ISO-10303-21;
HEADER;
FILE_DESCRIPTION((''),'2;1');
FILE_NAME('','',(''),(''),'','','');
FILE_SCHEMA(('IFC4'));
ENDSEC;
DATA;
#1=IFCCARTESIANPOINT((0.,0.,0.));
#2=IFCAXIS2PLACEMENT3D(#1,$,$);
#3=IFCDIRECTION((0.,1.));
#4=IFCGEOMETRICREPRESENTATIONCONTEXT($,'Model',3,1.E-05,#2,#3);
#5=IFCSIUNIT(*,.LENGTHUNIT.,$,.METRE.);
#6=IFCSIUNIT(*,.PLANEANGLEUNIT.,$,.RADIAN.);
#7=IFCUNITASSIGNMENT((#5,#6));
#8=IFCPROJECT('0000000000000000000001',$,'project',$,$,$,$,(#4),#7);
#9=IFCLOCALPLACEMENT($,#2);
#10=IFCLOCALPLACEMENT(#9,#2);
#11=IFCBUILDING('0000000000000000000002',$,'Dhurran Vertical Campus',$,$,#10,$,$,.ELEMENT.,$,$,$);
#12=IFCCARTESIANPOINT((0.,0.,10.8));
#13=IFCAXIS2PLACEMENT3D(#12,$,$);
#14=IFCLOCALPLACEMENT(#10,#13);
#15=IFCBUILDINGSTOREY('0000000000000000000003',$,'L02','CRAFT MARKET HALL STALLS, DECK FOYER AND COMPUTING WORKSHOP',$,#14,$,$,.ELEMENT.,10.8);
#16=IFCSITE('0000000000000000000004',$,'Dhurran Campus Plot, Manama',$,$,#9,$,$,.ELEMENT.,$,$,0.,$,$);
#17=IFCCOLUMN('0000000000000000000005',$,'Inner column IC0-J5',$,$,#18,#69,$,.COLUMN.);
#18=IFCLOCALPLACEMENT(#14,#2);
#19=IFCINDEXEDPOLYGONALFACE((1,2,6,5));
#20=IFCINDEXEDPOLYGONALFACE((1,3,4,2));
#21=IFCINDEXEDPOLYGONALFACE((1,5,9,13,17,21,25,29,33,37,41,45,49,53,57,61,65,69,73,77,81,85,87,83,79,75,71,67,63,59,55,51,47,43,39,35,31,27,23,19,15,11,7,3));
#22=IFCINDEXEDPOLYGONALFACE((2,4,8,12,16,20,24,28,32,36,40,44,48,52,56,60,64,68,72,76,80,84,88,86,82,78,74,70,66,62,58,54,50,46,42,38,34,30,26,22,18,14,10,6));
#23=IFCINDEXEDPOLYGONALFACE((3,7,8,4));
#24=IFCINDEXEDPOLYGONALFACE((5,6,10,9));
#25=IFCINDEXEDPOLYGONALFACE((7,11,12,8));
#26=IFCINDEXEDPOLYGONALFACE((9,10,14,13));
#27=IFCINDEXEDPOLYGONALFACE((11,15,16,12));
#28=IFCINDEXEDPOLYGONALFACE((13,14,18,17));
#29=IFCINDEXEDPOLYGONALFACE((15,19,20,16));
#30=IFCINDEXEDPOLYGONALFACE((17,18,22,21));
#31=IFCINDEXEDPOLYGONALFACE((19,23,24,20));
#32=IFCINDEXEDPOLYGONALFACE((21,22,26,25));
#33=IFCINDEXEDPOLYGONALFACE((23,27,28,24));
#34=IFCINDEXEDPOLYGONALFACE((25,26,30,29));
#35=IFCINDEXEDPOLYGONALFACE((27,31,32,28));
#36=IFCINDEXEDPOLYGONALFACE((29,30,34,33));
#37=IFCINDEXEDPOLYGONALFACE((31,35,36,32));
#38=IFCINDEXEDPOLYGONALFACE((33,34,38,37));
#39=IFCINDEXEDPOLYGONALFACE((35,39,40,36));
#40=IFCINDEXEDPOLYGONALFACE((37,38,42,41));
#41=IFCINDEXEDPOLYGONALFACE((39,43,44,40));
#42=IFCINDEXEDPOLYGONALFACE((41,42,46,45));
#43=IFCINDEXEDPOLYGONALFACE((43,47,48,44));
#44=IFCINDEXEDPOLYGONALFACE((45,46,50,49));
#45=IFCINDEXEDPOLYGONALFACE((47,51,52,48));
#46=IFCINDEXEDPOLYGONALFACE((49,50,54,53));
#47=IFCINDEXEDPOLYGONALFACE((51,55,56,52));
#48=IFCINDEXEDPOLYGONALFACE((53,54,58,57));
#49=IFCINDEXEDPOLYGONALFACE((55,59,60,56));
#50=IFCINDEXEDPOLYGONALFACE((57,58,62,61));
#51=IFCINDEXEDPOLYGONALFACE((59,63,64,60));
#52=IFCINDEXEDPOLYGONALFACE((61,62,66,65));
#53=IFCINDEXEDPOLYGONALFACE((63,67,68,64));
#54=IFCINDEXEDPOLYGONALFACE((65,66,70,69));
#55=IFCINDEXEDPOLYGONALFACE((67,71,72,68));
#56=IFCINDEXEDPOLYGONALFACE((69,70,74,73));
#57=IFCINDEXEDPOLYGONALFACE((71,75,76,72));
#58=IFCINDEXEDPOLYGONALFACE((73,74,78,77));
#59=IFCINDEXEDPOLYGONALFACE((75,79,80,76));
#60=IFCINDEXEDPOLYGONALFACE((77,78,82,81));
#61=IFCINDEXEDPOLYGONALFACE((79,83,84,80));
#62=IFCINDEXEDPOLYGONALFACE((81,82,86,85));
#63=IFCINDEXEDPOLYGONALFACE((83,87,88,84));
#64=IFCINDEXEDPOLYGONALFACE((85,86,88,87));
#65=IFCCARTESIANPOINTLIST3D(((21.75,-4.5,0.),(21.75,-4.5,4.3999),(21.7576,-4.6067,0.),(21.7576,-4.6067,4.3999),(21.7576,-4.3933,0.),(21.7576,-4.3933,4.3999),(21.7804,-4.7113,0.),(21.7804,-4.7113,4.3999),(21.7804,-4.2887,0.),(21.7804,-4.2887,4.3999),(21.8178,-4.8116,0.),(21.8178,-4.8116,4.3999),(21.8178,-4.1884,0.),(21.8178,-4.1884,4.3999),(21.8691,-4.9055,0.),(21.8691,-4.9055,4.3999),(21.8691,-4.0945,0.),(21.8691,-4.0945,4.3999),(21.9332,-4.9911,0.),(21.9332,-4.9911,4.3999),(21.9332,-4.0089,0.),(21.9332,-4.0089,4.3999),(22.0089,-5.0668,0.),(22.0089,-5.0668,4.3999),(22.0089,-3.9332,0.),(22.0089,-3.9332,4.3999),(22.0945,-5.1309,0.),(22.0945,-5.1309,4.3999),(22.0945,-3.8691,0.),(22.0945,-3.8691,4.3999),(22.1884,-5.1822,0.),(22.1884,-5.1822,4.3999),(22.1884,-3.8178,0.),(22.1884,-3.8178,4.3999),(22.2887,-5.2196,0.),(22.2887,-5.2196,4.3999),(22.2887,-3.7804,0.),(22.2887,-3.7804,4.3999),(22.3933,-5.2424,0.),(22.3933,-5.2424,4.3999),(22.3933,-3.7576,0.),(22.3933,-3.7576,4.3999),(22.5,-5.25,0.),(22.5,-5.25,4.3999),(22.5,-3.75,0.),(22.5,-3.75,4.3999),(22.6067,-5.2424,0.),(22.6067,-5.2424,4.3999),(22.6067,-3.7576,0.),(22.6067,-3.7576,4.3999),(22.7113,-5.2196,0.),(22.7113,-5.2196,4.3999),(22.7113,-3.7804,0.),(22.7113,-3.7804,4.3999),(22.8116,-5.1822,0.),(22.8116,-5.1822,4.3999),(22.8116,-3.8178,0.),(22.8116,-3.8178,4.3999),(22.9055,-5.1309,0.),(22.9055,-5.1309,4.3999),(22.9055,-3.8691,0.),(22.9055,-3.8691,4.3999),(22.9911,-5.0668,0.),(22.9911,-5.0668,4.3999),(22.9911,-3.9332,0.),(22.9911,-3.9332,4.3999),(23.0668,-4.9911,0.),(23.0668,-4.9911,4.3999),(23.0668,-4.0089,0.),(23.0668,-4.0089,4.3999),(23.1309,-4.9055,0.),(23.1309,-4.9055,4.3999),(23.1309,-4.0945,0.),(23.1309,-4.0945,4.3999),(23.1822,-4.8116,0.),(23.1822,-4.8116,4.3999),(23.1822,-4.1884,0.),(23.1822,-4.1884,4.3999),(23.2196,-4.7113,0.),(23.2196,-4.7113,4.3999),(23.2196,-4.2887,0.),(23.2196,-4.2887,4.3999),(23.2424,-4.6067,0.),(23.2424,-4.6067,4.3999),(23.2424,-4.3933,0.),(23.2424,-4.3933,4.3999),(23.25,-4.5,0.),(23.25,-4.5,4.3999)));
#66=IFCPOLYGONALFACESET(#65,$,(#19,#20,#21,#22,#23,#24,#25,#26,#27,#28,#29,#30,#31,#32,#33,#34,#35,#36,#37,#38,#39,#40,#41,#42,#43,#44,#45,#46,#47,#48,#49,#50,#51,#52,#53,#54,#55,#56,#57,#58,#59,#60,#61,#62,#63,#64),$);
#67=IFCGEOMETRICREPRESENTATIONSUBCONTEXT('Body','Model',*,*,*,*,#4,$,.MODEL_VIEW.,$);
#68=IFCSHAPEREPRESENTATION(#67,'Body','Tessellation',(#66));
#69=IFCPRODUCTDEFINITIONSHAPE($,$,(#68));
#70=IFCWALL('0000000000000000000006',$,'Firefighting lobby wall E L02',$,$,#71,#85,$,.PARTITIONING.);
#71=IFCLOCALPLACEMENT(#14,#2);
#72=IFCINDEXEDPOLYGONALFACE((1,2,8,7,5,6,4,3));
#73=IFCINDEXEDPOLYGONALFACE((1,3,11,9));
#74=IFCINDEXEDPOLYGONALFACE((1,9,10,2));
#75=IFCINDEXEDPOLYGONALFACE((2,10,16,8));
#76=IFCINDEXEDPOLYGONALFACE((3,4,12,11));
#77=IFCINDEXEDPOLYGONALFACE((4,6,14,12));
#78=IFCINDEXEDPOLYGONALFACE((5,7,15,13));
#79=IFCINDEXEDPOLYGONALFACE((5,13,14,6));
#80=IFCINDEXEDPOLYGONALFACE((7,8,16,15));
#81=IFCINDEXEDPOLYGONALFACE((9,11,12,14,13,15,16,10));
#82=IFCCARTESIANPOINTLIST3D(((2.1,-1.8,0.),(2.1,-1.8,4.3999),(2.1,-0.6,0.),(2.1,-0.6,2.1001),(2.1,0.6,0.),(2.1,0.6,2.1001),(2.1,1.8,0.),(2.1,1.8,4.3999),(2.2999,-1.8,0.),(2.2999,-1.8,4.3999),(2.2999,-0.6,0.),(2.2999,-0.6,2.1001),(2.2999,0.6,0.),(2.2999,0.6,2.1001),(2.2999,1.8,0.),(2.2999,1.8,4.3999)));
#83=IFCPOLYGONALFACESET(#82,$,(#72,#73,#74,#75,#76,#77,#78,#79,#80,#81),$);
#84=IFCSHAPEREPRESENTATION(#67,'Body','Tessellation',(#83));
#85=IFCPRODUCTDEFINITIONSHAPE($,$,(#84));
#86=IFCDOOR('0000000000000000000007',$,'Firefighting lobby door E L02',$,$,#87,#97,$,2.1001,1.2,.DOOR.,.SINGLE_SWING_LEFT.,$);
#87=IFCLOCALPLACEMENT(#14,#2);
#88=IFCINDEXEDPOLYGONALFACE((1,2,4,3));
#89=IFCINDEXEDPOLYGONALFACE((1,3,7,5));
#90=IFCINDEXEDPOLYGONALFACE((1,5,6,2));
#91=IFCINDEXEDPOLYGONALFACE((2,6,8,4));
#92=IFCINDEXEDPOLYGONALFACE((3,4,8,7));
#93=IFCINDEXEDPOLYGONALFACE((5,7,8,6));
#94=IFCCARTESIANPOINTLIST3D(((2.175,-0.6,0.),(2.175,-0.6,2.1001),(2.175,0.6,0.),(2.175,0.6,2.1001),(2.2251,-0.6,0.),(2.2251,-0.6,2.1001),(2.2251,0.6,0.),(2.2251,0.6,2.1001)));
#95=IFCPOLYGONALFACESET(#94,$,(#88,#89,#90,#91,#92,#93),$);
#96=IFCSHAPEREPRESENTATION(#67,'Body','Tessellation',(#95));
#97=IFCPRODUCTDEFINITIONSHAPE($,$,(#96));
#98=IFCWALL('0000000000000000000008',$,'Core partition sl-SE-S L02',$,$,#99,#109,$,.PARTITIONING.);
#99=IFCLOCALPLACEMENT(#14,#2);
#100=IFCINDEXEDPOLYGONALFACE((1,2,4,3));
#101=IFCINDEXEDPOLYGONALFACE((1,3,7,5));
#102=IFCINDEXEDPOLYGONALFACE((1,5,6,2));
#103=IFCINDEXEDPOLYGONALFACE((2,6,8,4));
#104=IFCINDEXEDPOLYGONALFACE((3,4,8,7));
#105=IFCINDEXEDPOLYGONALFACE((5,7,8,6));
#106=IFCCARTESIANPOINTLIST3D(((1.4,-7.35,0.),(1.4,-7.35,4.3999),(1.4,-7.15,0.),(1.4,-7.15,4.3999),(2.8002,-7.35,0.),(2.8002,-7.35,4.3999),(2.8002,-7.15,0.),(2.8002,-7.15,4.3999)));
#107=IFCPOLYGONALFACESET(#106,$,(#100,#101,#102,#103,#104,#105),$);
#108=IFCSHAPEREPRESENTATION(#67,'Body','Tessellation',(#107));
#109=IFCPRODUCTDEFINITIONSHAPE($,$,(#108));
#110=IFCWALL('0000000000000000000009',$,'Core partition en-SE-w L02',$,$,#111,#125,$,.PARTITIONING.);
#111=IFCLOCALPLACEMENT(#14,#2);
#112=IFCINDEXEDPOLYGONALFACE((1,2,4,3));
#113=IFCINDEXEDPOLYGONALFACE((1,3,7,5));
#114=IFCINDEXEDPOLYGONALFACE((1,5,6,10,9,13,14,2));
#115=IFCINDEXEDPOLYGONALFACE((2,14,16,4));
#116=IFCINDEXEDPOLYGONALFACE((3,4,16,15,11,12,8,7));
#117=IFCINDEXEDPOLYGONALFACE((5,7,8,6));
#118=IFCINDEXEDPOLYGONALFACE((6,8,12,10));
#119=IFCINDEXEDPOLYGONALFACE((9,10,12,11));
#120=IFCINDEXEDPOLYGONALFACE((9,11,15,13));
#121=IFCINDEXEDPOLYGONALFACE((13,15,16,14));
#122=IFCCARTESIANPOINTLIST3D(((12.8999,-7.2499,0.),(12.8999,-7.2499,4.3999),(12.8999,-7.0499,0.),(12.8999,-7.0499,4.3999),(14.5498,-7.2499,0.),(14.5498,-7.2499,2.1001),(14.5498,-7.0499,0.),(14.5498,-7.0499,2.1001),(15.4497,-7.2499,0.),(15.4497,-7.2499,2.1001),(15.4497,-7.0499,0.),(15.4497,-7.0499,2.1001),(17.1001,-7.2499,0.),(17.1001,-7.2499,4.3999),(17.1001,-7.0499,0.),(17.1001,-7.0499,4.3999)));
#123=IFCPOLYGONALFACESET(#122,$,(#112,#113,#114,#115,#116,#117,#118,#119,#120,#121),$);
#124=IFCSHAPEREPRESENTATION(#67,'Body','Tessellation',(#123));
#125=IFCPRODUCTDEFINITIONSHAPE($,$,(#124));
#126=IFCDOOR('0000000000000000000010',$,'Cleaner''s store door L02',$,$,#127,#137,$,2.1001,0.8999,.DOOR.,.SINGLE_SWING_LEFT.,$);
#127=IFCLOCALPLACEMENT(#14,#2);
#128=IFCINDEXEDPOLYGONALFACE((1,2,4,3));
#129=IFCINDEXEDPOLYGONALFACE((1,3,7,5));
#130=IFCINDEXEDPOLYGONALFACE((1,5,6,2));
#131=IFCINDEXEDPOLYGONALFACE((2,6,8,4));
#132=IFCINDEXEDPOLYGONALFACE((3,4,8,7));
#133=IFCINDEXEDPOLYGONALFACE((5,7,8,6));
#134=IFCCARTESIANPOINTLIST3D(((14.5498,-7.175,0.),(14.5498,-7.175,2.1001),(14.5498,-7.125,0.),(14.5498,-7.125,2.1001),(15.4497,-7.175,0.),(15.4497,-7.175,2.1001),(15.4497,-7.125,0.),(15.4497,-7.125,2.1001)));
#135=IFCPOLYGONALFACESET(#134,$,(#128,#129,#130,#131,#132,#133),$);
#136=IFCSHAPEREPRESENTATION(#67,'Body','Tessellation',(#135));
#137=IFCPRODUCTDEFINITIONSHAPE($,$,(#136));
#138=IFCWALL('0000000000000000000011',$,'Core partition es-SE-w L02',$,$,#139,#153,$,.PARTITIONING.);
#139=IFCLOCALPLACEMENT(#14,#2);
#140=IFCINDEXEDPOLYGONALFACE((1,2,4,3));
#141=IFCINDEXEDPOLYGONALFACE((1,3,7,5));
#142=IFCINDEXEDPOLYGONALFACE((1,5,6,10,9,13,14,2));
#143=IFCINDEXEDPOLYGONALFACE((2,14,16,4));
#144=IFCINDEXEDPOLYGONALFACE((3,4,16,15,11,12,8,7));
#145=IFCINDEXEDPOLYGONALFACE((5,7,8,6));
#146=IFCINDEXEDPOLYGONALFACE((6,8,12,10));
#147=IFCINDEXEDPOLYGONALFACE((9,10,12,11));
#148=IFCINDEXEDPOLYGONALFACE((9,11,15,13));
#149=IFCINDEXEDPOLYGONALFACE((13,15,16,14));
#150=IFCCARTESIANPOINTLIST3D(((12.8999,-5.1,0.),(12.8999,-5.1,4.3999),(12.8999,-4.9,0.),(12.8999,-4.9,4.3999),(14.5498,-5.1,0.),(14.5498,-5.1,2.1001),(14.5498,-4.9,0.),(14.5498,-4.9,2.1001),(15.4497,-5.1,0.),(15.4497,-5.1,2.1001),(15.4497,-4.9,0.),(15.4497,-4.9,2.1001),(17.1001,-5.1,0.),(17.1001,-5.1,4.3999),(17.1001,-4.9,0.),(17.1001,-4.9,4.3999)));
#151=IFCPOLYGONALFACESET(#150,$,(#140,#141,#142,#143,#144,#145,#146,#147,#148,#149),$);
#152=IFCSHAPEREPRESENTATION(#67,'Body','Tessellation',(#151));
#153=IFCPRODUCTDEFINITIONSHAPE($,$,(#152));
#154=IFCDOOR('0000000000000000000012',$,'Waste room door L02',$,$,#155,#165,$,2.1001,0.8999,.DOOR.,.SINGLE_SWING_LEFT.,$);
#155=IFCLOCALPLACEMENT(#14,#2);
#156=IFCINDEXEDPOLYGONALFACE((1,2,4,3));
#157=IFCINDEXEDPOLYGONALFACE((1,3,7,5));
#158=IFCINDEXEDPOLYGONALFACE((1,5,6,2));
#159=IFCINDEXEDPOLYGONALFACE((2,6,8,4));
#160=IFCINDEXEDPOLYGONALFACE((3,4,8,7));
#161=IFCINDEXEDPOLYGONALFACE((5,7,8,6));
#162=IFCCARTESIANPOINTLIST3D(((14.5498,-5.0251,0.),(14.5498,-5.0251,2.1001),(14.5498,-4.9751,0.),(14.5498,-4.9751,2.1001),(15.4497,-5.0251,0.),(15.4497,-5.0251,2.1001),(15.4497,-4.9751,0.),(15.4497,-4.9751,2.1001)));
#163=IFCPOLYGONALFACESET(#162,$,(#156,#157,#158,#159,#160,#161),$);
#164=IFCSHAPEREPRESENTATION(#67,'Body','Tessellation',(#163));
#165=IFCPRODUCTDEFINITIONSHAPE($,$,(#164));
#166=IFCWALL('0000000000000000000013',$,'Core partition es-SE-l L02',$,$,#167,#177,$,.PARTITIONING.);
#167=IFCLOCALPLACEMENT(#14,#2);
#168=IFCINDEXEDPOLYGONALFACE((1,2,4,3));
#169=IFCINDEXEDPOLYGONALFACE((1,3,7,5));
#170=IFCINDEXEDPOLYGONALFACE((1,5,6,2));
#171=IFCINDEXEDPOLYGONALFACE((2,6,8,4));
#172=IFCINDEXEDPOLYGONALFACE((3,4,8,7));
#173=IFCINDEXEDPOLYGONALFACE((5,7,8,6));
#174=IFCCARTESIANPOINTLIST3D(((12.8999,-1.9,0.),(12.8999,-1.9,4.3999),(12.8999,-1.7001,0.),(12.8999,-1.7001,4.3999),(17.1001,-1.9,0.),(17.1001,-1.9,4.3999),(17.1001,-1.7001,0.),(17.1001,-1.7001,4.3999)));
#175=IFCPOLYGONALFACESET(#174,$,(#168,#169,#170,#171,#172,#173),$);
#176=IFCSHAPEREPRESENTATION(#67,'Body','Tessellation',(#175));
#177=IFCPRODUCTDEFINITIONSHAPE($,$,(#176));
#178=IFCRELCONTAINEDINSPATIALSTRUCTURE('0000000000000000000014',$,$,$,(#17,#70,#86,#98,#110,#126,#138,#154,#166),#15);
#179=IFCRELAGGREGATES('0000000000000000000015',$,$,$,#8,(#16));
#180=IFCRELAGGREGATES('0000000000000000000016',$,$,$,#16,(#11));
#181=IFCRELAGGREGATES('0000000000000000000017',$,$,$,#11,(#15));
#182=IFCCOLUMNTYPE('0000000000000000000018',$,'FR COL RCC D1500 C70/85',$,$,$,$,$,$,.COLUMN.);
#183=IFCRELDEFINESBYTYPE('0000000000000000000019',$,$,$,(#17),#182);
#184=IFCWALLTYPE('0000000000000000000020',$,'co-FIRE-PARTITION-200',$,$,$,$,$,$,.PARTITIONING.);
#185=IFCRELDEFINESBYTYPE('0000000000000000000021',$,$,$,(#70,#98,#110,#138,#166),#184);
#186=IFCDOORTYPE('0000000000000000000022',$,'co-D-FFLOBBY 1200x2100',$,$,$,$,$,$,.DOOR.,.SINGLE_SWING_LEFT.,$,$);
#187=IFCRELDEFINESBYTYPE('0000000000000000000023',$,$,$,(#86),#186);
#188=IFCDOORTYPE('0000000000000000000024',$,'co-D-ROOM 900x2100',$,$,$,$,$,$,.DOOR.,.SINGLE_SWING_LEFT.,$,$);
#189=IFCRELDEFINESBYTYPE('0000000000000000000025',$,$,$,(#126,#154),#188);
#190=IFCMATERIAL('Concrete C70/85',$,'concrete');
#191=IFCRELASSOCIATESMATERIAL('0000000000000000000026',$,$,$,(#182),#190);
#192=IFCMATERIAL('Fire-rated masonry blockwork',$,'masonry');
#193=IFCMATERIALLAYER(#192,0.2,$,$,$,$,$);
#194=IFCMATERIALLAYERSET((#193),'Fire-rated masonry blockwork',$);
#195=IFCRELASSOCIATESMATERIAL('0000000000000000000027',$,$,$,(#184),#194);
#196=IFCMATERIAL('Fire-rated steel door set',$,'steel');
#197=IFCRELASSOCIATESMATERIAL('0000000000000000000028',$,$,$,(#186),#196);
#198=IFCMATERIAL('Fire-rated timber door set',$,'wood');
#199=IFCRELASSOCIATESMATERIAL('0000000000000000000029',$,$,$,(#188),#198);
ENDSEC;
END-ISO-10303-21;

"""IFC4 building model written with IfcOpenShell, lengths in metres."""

from ifc_helpers import new_model, si_unit, direction, frame, frame_2d, origin, origin_2d, place, context, subcontext, project, spatial, rectangle, circle, extrude, material, layer, layer_set, material_profile, profile_set, type_object, element, fill, save


model = new_model("IFC4")

# Units and contexts
model_context = context("Model", 3, precision=1e-05, world=origin(), true_north=direction((0.0, 1.0)))
body_context = subcontext(model_context, "Body", "Model", "MODEL_VIEW")
ifc_project = project(units=[si_unit("LENGTHUNIT", "METRE"), si_unit("PLANEANGLEUNIT", "RADIAN")], contexts=[model_context])

# Site, building, storey
site_placement = place(None, origin())
site = spatial("IfcSite", under=ifc_project, at=site_placement, Name="Dhurran Campus Plot, Manama", CompositionType="ELEMENT", RefElevation=0.0)
building_placement = place(site_placement, origin())
building = spatial("IfcBuilding", under=site, at=building_placement, Name="Dhurran Vertical Campus", CompositionType="ELEMENT")
storey_placement = place(building_placement, frame((0.0, 0.0, 10.8)))
storey = spatial("IfcBuildingStorey", under=building, at=storey_placement, Name="L02", Description="CRAFT MARKET HALL STALLS, DECK FOYER AND COMPUTING WORKSHOP", CompositionType="ELEMENT", Elevation=10.8)

# Column
ifc_material_1 = material(Name="Concrete C70/85", Category="concrete")
ifc_material_profile = material_profile(ifc_material_1, circle(Radius=0.75, at=origin_2d()), Name="RCC D1500")
ifc_profile_set = profile_set([ifc_material_profile], Name="Concrete C70/85")
column_type = type_object("IfcColumnType", Name="FR COL RCC D1500 C70/85", PredefinedType="COLUMN", material=ifc_profile_set)
column_placement = place(storey_placement, frame((22.5, -4.5, 0.0), z_axis=(0.0, 0.0, 1.0), x_axis=(1.0, 0.0, 0.0)))
element("IfcColumn", 1, at=column_placement, inside=storey, type_object=column_type, Name="Inner column IC0-J5", PredefinedType="COLUMN", context=body_context, shape_type="SweptSolid", body=[
    extrude(circle(Radius=0.75, at=origin_2d()), origin(), (0.0, 0.0, 1.0), 4.3999),
])

# Wall, opening, door
ifc_material_2 = material(Name="Fire-rated masonry blockwork", Category="masonry")
ifc_layer_1 = layer(ifc_material_2, 0.2)
ifc_layer_set_1 = layer_set([ifc_layer_1], Name="Fire-rated masonry blockwork")
wall_type_1 = type_object("IfcWallType", Name="co-FIRE-PARTITION-200", PredefinedType="PARTITIONING", material=ifc_layer_set_1)
wall_1_placement = place(storey_placement, frame((2.2, -1.8, 0.0), z_axis=(0.0, 0.0, 1.0), x_axis=(0.0, 1.0, 0.0)))
wall_1 = element("IfcWall", 2, at=wall_1_placement, inside=storey, type_object=wall_type_1, Name="Firefighting lobby wall E L02", PredefinedType="PARTITIONING", context=body_context, shape_type="SweptSolid", body=[
    extrude(rectangle(XDim=3.6001, YDim=0.2, at=frame_2d((1.8, 0.0))), origin(), (0.0, 0.0, 1.0), 4.3999),
])
opening_1_placement = place(wall_1_placement, frame((1.2, 0.0, 0.0)))
opening_1 = element("IfcOpeningElement", 3, at=opening_1_placement, cuts=wall_1, PredefinedType="OPENING", context=body_context, shape_type="SweptSolid", body=[
    extrude(rectangle(XDim=1.2, YDim=2.1001, at=frame_2d((0.6001, 1.05))), frame((0.0, 0.1099, 0.0), z_axis=(0.0, -1.0, 0.0), x_axis=(1.0, 0.0, 0.0)), (0.0, 0.0, 1.0), 0.22),
])
ifc_material_3 = material(Name="Fire-rated steel door set", Category="steel")
door_type_1 = type_object("IfcDoorType", Name="co-D-FFLOBBY 1200x2100", OperationType="SINGLE_SWING_LEFT", PredefinedType="DOOR", material=ifc_material_3)
door_1_placement = place(opening_1_placement, origin())
door_1 = element("IfcDoor", 4, at=door_1_placement, inside=storey, type_object=door_type_1, Name="Firefighting lobby door E L02", OperationType="SINGLE_SWING_LEFT", OverallHeight=2.1001, OverallWidth=1.2, PredefinedType="DOOR", context=body_context, shape_type="SweptSolid", body=[
    extrude(rectangle(XDim=1.2, YDim=2.1001, at=frame_2d((0.6001, 1.05))), frame((0.0, 0.0249, 0.0), z_axis=(0.0, -1.0, 0.0), x_axis=(1.0, 0.0, 0.0)), (0.0, 0.0, 1.0), 0.05),
])
fill(opening_1, door_1)

# Wall
wall_2_placement = place(storey_placement, frame((1.3999, -7.25, 0.0), z_axis=(0.0, 0.0, 1.0), x_axis=(1.0, 0.0, 0.0)))
element("IfcWall", 5, at=wall_2_placement, inside=storey, type_object=wall_type_1, Name="Core partition sl-SE-S L02", PredefinedType="PARTITIONING", context=body_context, shape_type="SweptSolid", body=[
    extrude(rectangle(XDim=1.4001, YDim=0.2, at=frame_2d((0.7002, 0.0))), origin(), (0.0, 0.0, 1.0), 4.3999),
])

# Walls, openings, doors
wall_3_placement = place(storey_placement, frame((12.8999, -7.1499, 0.0), z_axis=(0.0, 0.0, 1.0), x_axis=(1.0, 0.0, 0.0)))
wall_3 = element("IfcWall", 6, at=wall_3_placement, inside=storey, type_object=wall_type_1, Name="Core partition en-SE-w L02", PredefinedType="PARTITIONING", context=body_context, shape_type="SweptSolid", body=[
    extrude(rectangle(XDim=4.2002, YDim=0.2, at=frame_2d((2.1001, 0.0))), origin(), (0.0, 0.0, 1.0), 4.3999),
])
opening_2_placement = place(wall_3_placement, frame((1.6499, 0.0, 0.0)))
opening_2 = element("IfcOpeningElement", 7, at=opening_2_placement, cuts=wall_3, PredefinedType="OPENING", context=body_context, shape_type="SweptSolid", body=[
    extrude(rectangle(XDim=0.8999, YDim=2.1001, at=frame_2d((0.45, 1.05))), frame((0.0, 0.1099, 0.0), z_axis=(0.0, -1.0, 0.0), x_axis=(1.0, 0.0, 0.0)), (0.0, 0.0, 1.0), 0.22),
])
ifc_material_4 = material(Name="Fire-rated timber door set", Category="wood")
door_type_2 = type_object("IfcDoorType", Name="co-D-ROOM 900x2100", OperationType="SINGLE_SWING_LEFT", PredefinedType="DOOR", material=ifc_material_4)
door_2_placement = place(opening_2_placement, origin())
door_2 = element("IfcDoor", 8, at=door_2_placement, inside=storey, type_object=door_type_2, Name="Cleaner's store door L02", OperationType="SINGLE_SWING_LEFT", OverallHeight=2.1001, OverallWidth=0.8999, PredefinedType="DOOR", context=body_context, shape_type="SweptSolid", body=[
    extrude(rectangle(XDim=0.8999, YDim=2.1001, at=frame_2d((0.45, 1.05))), frame((0.0, 0.0249, 0.0), z_axis=(0.0, -1.0, 0.0), x_axis=(1.0, 0.0, 0.0)), (0.0, 0.0, 1.0), 0.05),
])
fill(opening_2, door_2)
wall_4_placement = place(storey_placement, frame((12.8999, -5.0, 0.0), z_axis=(0.0, 0.0, 1.0), x_axis=(1.0, 0.0, 0.0)))
wall_4 = element("IfcWall", 9, at=wall_4_placement, inside=storey, type_object=wall_type_1, Name="Core partition es-SE-w L02", PredefinedType="PARTITIONING", context=body_context, shape_type="SweptSolid", body=[
    extrude(rectangle(XDim=4.2002, YDim=0.2, at=frame_2d((2.1001, 0.0))), origin(), (0.0, 0.0, 1.0), 4.3999),
])
opening_3_placement = place(wall_4_placement, frame((1.6499, 0.0, 0.0)))
opening_3 = element("IfcOpeningElement", 10, at=opening_3_placement, cuts=wall_4, PredefinedType="OPENING", context=body_context, shape_type="SweptSolid", body=[
    extrude(rectangle(XDim=0.8999, YDim=2.1001, at=frame_2d((0.45, 1.05))), frame((0.0, 0.1099, 0.0), z_axis=(0.0, -1.0, 0.0), x_axis=(1.0, 0.0, 0.0)), (0.0, 0.0, 1.0), 0.22),
])
door_3_placement = place(opening_3_placement, origin())
door_3 = element("IfcDoor", 11, at=door_3_placement, inside=storey, type_object=door_type_2, Name="Waste room door L02", OperationType="SINGLE_SWING_LEFT", OverallHeight=2.1001, OverallWidth=0.8999, PredefinedType="DOOR", context=body_context, shape_type="SweptSolid", body=[
    extrude(rectangle(XDim=0.8999, YDim=2.1001, at=frame_2d((0.45, 1.05))), frame((0.0, 0.0249, 0.0), z_axis=(0.0, -1.0, 0.0), x_axis=(1.0, 0.0, 0.0)), (0.0, 0.0, 1.0), 0.05),
])
fill(opening_3, door_3)

# Wall
wall_5_placement = place(storey_placement, frame((12.8999, -1.8, 0.0), z_axis=(0.0, 0.0, 1.0), x_axis=(1.0, 0.0, 0.0)))
element("IfcWall", 12, at=wall_5_placement, inside=storey, type_object=wall_type_1, Name="Core partition es-SE-l L02", PredefinedType="PARTITIONING", context=body_context, shape_type="SweptSolid", body=[
    extrude(rectangle(XDim=4.2002, YDim=0.2, at=frame_2d((2.1001, 0.0))), origin(), (0.0, 0.0, 1.0), 4.3999),
])

save(model, "model.ifc")
